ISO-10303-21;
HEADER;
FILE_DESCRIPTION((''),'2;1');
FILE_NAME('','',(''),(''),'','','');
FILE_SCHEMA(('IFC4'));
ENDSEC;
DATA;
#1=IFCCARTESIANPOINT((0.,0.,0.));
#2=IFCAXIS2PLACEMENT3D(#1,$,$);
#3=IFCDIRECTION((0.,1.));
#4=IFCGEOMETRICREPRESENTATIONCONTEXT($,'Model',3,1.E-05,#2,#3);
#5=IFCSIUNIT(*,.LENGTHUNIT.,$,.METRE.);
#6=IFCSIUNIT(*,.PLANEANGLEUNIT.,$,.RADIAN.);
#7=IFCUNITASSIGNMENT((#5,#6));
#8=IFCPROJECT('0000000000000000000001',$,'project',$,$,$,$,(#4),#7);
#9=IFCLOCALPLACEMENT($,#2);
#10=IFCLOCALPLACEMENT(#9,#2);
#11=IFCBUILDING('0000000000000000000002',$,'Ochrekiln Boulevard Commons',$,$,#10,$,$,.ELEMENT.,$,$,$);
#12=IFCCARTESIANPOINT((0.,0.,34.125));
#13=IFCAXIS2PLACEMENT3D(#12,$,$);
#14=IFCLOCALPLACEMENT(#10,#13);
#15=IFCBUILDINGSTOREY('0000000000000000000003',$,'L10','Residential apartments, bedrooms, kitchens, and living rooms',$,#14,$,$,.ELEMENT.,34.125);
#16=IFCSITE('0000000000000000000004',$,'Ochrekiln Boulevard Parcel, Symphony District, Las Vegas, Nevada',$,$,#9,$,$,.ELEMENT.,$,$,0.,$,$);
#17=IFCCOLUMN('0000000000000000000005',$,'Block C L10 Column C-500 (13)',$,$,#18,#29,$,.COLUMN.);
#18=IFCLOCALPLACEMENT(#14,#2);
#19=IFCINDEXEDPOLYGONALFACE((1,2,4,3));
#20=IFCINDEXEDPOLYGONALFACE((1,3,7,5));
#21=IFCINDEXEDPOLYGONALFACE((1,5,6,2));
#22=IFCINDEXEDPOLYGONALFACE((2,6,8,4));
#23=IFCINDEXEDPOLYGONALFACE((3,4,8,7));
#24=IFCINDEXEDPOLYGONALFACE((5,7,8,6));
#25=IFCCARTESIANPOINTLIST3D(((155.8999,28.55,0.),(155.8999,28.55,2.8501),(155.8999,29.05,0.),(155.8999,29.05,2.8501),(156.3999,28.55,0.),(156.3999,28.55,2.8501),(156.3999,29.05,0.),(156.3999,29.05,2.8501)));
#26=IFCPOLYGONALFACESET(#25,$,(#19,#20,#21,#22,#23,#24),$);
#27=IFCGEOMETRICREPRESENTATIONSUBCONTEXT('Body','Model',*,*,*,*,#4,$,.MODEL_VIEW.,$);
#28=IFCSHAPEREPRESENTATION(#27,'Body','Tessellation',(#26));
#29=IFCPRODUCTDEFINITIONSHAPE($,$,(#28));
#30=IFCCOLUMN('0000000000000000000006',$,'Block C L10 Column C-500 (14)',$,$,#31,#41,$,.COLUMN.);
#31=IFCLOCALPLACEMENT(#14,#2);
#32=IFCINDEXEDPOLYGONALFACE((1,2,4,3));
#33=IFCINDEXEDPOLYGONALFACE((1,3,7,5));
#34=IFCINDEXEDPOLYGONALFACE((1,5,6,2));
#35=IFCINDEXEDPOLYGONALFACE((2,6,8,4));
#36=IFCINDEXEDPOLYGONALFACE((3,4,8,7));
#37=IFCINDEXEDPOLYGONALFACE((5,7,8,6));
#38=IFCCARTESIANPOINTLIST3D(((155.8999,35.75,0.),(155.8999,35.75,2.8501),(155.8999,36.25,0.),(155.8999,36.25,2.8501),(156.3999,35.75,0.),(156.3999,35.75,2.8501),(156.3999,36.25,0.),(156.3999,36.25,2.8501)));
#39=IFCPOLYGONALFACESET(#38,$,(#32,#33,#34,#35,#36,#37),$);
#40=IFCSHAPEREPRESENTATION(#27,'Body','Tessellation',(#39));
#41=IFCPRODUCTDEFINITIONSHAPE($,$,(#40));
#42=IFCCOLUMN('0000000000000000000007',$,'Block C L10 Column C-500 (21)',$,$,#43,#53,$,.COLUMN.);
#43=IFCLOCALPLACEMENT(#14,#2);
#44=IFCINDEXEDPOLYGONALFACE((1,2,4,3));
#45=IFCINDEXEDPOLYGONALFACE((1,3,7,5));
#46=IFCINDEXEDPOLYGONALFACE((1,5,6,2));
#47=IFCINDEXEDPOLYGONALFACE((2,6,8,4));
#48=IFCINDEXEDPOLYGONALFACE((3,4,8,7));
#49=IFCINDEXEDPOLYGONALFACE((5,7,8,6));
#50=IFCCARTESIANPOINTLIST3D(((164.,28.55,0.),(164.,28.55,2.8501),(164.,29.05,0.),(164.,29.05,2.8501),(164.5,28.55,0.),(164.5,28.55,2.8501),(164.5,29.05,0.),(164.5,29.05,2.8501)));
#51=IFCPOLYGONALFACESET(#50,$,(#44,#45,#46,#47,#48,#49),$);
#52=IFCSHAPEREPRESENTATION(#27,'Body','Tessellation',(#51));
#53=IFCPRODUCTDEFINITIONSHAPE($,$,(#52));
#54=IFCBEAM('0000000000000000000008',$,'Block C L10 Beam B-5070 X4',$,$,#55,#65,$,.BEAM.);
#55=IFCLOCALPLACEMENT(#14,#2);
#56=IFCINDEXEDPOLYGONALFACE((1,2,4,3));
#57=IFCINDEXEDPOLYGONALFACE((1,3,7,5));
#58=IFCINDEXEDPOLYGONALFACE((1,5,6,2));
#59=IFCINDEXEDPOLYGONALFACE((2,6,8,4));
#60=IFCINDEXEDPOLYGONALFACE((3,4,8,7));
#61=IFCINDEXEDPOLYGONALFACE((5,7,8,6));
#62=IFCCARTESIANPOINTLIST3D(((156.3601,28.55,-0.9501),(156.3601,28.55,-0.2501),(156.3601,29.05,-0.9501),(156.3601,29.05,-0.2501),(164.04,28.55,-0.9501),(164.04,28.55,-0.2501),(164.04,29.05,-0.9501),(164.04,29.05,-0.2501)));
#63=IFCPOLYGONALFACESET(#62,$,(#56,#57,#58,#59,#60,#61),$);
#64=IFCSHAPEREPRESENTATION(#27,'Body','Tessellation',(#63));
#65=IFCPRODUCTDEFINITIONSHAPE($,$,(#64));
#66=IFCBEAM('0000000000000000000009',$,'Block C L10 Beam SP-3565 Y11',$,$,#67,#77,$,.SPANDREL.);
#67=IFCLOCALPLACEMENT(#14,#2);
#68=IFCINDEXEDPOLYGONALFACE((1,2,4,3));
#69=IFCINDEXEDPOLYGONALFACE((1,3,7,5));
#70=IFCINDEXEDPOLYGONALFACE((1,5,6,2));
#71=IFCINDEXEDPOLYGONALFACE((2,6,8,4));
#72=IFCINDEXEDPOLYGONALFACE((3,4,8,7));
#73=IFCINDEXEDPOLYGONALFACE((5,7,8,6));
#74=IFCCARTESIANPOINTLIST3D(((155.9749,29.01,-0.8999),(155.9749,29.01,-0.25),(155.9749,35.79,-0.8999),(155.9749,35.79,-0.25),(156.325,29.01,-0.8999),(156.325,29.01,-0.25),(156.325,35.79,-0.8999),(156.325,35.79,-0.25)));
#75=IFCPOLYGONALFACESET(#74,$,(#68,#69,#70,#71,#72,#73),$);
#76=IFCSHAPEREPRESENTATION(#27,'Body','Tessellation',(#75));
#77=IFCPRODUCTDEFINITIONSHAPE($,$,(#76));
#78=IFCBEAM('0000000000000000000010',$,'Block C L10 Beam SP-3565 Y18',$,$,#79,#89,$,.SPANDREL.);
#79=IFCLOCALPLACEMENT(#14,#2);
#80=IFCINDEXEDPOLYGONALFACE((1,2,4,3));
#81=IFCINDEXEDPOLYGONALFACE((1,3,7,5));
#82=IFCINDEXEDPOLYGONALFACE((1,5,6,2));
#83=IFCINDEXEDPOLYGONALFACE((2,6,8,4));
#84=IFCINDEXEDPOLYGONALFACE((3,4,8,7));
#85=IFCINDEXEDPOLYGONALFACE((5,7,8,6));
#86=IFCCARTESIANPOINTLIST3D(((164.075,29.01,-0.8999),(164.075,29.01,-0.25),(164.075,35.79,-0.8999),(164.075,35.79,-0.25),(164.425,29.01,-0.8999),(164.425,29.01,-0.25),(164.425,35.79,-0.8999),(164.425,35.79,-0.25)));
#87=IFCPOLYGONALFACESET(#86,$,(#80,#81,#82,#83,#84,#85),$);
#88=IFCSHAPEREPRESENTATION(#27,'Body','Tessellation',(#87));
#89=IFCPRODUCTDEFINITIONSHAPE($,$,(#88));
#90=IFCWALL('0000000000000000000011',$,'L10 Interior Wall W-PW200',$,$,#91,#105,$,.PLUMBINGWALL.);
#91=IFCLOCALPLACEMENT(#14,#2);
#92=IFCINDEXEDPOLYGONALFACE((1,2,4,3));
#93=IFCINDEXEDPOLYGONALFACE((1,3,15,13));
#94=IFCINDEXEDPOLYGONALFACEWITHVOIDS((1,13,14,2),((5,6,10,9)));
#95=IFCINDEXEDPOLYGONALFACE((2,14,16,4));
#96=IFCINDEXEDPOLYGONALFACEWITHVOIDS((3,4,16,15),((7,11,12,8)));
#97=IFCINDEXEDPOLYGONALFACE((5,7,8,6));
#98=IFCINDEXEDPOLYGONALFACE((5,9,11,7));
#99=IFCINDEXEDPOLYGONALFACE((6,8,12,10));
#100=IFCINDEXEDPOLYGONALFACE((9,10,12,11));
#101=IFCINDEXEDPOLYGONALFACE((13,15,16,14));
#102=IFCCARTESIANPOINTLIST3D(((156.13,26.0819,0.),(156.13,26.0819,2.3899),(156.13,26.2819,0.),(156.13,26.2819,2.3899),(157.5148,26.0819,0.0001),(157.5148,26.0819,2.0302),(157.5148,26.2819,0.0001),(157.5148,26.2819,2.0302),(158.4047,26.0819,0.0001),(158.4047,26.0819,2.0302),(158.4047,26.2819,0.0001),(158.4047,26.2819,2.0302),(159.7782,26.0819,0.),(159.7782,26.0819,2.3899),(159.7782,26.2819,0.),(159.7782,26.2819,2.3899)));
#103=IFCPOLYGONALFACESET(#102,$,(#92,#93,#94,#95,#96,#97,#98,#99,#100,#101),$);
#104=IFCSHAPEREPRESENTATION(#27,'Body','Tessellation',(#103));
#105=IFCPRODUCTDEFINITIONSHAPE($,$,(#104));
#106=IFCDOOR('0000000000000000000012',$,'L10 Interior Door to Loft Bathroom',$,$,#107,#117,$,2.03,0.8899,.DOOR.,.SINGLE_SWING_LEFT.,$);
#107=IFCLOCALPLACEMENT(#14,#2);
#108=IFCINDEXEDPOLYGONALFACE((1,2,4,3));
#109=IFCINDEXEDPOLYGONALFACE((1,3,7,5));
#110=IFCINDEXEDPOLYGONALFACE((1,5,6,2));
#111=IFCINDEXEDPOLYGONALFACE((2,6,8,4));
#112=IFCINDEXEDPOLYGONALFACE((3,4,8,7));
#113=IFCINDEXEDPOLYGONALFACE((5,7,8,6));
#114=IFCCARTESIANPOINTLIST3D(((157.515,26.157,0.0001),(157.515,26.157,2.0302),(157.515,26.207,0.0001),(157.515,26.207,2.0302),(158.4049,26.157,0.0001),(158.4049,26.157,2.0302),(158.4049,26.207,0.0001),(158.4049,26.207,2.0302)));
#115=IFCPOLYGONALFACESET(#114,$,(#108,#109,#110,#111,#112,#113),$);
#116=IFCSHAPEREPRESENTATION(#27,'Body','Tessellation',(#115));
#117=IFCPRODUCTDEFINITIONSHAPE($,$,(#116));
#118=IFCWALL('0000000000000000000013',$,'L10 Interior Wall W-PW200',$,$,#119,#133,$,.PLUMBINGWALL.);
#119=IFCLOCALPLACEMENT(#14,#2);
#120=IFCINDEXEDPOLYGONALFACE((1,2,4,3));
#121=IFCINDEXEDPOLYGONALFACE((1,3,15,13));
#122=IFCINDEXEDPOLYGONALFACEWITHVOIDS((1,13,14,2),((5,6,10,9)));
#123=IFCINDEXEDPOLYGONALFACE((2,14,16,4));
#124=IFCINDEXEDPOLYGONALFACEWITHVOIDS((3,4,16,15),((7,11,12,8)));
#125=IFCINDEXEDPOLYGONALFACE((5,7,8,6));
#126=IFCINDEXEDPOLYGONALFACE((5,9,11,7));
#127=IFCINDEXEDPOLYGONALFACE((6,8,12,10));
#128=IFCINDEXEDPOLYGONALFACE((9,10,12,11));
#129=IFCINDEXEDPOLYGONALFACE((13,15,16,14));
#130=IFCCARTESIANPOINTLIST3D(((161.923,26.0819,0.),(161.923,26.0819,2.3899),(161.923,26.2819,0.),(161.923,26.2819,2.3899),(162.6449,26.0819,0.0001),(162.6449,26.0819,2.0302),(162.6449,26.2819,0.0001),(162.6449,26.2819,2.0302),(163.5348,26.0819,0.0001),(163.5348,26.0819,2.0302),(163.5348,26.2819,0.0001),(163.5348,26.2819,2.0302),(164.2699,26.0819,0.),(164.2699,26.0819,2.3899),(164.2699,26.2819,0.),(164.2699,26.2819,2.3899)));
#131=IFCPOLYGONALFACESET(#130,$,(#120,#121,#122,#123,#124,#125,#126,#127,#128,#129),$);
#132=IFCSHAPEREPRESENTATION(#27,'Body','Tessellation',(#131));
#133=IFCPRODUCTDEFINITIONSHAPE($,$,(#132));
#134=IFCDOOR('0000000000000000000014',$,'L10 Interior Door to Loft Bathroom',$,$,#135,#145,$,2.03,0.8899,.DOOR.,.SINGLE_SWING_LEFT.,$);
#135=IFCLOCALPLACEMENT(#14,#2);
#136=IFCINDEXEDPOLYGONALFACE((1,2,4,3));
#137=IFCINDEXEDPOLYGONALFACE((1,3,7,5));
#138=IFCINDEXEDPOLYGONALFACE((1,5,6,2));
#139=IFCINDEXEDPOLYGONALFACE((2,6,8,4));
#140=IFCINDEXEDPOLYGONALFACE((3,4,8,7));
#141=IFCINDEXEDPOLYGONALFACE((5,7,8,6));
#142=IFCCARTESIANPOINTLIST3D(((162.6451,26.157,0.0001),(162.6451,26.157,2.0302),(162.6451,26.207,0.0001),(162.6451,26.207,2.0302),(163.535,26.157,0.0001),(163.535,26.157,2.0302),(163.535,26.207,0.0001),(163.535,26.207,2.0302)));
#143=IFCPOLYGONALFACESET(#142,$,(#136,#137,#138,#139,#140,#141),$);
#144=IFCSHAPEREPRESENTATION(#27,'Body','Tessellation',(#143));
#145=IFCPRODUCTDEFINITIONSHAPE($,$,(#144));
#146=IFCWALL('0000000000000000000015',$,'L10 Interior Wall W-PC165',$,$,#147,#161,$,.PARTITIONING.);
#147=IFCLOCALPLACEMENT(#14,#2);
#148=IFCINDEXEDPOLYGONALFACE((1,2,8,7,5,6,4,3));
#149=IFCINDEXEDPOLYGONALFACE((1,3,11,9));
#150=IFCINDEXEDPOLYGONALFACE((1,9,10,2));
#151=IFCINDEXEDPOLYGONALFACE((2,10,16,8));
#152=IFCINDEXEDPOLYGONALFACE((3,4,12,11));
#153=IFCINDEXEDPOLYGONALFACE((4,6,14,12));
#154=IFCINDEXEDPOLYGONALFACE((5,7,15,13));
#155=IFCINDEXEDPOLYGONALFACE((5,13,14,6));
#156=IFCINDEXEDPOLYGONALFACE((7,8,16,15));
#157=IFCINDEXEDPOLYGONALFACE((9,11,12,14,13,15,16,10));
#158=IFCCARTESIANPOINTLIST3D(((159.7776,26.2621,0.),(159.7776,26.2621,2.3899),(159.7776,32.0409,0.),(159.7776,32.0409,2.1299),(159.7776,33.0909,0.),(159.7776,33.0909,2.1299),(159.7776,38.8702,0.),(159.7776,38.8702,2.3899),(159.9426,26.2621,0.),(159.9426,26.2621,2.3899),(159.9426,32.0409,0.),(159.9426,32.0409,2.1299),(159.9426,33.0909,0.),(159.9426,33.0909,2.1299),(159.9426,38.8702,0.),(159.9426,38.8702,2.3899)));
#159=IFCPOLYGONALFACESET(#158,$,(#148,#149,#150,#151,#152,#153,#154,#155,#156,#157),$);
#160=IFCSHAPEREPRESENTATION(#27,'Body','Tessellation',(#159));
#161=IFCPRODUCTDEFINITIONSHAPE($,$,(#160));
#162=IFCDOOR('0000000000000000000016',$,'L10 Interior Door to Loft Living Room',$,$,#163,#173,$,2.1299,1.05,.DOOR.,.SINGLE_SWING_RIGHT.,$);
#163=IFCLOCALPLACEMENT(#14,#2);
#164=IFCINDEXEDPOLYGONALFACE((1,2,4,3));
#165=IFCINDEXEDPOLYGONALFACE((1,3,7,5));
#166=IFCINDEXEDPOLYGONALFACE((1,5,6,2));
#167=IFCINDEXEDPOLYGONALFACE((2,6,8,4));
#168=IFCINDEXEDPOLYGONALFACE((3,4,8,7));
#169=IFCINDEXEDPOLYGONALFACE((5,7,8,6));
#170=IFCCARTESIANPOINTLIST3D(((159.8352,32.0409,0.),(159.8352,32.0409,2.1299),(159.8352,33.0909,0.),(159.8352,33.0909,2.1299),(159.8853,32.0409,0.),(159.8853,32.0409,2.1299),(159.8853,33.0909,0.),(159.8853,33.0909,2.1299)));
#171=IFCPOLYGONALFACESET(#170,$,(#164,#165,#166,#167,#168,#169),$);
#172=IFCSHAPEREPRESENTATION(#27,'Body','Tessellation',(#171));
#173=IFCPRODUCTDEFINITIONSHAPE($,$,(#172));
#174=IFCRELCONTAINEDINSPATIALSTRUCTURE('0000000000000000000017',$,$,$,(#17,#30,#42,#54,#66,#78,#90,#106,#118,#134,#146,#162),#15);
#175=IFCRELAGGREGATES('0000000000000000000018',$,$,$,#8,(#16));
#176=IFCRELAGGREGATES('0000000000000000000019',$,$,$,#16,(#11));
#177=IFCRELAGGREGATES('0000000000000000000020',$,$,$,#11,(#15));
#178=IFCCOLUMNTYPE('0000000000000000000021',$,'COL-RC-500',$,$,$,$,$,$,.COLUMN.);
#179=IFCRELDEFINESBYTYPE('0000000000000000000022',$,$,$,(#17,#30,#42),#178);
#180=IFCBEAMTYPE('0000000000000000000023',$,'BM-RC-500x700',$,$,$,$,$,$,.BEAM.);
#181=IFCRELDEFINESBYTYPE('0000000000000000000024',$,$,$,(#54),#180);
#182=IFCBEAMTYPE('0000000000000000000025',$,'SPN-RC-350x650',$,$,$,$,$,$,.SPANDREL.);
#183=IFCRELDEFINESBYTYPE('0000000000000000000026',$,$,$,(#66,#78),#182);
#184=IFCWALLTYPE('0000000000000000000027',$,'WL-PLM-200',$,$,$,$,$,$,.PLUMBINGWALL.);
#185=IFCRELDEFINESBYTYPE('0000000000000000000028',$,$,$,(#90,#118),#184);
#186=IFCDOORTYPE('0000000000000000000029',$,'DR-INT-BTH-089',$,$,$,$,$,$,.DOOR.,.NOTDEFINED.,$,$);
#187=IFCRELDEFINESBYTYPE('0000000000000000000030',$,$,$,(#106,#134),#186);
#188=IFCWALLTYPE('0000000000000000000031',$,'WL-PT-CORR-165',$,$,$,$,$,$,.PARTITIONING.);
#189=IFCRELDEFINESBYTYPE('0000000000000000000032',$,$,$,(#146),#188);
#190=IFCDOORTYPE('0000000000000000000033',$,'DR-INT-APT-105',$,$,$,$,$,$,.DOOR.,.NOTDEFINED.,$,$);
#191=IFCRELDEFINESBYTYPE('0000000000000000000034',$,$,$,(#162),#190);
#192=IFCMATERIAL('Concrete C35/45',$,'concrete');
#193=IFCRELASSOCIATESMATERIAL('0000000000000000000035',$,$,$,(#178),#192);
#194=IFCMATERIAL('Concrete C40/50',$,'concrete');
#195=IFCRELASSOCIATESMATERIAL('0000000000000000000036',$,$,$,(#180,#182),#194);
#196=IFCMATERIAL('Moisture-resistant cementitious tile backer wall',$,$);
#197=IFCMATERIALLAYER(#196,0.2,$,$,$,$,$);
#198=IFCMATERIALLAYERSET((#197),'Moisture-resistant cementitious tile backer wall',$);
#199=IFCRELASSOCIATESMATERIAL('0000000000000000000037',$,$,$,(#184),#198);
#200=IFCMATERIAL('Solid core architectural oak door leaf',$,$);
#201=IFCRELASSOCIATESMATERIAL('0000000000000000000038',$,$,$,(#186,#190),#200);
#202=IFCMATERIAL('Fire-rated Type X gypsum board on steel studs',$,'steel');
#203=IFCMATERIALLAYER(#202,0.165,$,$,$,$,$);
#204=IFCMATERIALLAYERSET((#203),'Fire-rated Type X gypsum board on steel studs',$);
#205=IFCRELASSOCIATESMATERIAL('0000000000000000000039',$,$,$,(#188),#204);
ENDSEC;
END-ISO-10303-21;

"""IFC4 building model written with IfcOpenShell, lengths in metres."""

from ifc_helpers import new_model, si_unit, direction, frame, frame_2d, origin, origin_2d, place, context, subcontext, project, spatial, rectangle, extrude, material, layer, layer_set, material_profile, profile_set, type_object, element, fill, save


model = new_model("IFC4")

# Units and contexts
model_context = context("Model", 3, precision=1e-05, world=origin(), true_north=direction((0.0, 1.0)))
body_context = subcontext(model_context, "Body", "Model", "MODEL_VIEW")
ifc_project = project(units=[si_unit("LENGTHUNIT", "METRE"), si_unit("PLANEANGLEUNIT", "RADIAN")], contexts=[model_context])

# Site, building, storey
site_placement = place(None, origin())
site = spatial("IfcSite", under=ifc_project, at=site_placement, Name="Ochrekiln Boulevard Parcel, Symphony District, Las Vegas, Nevada", CompositionType="ELEMENT", RefElevation=0.0)
building_placement = place(site_placement, origin())
building = spatial("IfcBuilding", under=site, at=building_placement, Name="Ochrekiln Boulevard Commons", CompositionType="ELEMENT")
storey_placement = place(building_placement, frame((0.0, 0.0, 34.125)))
storey = spatial("IfcBuildingStorey", under=building, at=storey_placement, Name="L10", Description="Residential apartments, bedrooms, kitchens, and living rooms", CompositionType="ELEMENT", Elevation=34.125)

# Columns
ifc_material_1 = material(Name="Concrete C35/45", Category="concrete")
ifc_material_profile_1 = material_profile(ifc_material_1, rectangle(XDim=0.5, YDim=0.5, at=origin_2d()), Name="RC-COL-500x500")
ifc_profile_set_1 = profile_set([ifc_material_profile_1], Name="Concrete C35/45")
column_type = type_object("IfcColumnType", Name="COL-RC-500", PredefinedType="COLUMN", material=ifc_profile_set_1)
for number, where, z_axis, x_axis, name in (
    (1, (156.1499, 28.8, 0.0), (0.0, 0.0, 1.0), (1.0, 0.0, 0.0), "Block C L10 Column C-500 (13)"),
    (2, (156.1499, 36.0, 0.0), (0.0, 0.0, 1.0), (1.0, 0.0, 0.0), "Block C L10 Column C-500 (14)"),
    (3, (164.25, 28.8, 0.0), (0.0, 0.0, 1.0), (1.0, 0.0, 0.0), "Block C L10 Column C-500 (21)"),
):
    element("IfcColumn", number, at=place(storey_placement, frame(where, z_axis=z_axis, x_axis=x_axis)), inside=storey, type_object=column_type, Name=name, PredefinedType="COLUMN", context=body_context, shape_type="SweptSolid", body=[
        extrude(rectangle(XDim=0.5, YDim=0.5, at=origin_2d()), origin(), (0.0, 0.0, 1.0), 2.8501),
    ])

# Beams
ifc_material_2 = material(Name="Concrete C40/50", Category="concrete")
ifc_material_profile_2 = material_profile(ifc_material_2, rectangle(XDim=0.5, YDim=0.7, at=origin_2d()), Name="RC-BM-500x700")
ifc_profile_set_2 = profile_set([ifc_material_profile_2], Name="Concrete C40/50")
beam_type_1 = type_object("IfcBeamType", Name="BM-RC-500x700", PredefinedType="BEAM", material=ifc_profile_set_2)
beam_placement = place(storey_placement, frame((156.3601, 28.8, -0.6001), z_axis=(1.0, 0.0, 0.0), x_axis=(0.0, 1.0, 0.0)))
element("IfcBeam", 4, at=beam_placement, inside=storey, type_object=beam_type_1, Name="Block C L10 Beam B-5070 X4", PredefinedType="BEAM", context=body_context, shape_type="SweptSolid", body=[
    extrude(rectangle(XDim=0.5, YDim=0.7, at=origin_2d()), origin(), (0.0, 0.0, 1.0), 7.6799),
])
ifc_material_profile_3 = material_profile(ifc_material_2, rectangle(XDim=0.3501, YDim=0.6499, at=origin_2d()), Name="RC-SPN-350x650")
ifc_profile_set_3 = profile_set([ifc_material_profile_3], Name="Concrete C40/50")
beam_type_2 = type_object("IfcBeamType", Name="SPN-RC-350x650", PredefinedType="SPANDREL", material=ifc_profile_set_3)
for number, where, z_axis, x_axis, name in (
    (5, (156.1499, 29.01, -0.575), (0.0, 1.0, 0.0), (-1.0, 0.0, 0.0), "Block C L10 Beam SP-3565 Y11"),
    (6, (164.25, 29.01, -0.575), (0.0, 1.0, 0.0), (-1.0, 0.0, 0.0), "Block C L10 Beam SP-3565 Y18"),
):
    element("IfcBeam", number, at=place(storey_placement, frame(where, z_axis=z_axis, x_axis=x_axis)), inside=storey, type_object=beam_type_2, Name=name, PredefinedType="SPANDREL", context=body_context, shape_type="SweptSolid", body=[
        extrude(rectangle(XDim=0.3501, YDim=0.6499, at=origin_2d()), origin(), (0.0, 0.0, 1.0), 6.78),
    ])

# Walls, openings, doors
ifc_material_3 = material(Name="Moisture-resistant cementitious tile backer wall")
ifc_layer_1 = layer(ifc_material_3, 0.2)
ifc_layer_set_1 = layer_set([ifc_layer_1], Name="Moisture-resistant cementitious tile backer wall")
wall_type_1 = type_object("IfcWallType", Name="WL-PLM-200", PredefinedType="PLUMBINGWALL", material=ifc_layer_set_1)
wall_1_placement = place(storey_placement, frame((156.1299, 26.1819, 0.0), z_axis=(0.0, 0.0, 1.0), x_axis=(1.0, 0.0, 0.0)))
wall_1 = element("IfcWall", 7, at=wall_1_placement, inside=storey, type_object=wall_type_1, Name="L10 Interior Wall W-PW200", PredefinedType="PLUMBINGWALL", context=body_context, shape_type="SweptSolid", body=[
    extrude(rectangle(XDim=3.6482, YDim=0.2, at=frame_2d((1.8242, 0.0))), origin(), (0.0, 0.0, 1.0), 2.3899),
])
opening_1_placement = place(wall_1_placement, frame((1.385, 0.0, 0.0)))
opening_1 = element("IfcOpeningElement", 8, at=opening_1_placement, cuts=wall_1, PredefinedType="OPENING", context=body_context, shape_type="SweptSolid", body=[
    extrude(rectangle(XDim=0.8899, YDim=2.03, at=frame_2d((0.4448, 1.0151))), frame((0.0, 0.1099, 0.0), z_axis=(0.0, -1.0, 0.0), x_axis=(1.0, 0.0, 0.0)), (0.0, 0.0, 1.0), 0.22),
])
ifc_material_4 = material(Name="Solid core architectural oak door leaf")
door_type_1 = type_object("IfcDoorType", Name="DR-INT-BTH-089", OperationType="NOTDEFINED", PredefinedType="DOOR", material=ifc_material_4)
door_1_placement = place(opening_1_placement, frame((0.8899, 0.0, 0.0), z_axis=(0.0, 0.0, 1.0), x_axis=(-1.0, 0.0, 0.0)))
door_1 = element("IfcDoor", 9, at=door_1_placement, inside=storey, type_object=door_type_1, Name="L10 Interior Door to Loft Bathroom", OperationType="SINGLE_SWING_LEFT", OverallHeight=2.03, OverallWidth=0.8899, PredefinedType="DOOR", context=body_context, shape_type="SweptSolid", body=[
    extrude(rectangle(XDim=0.8899, YDim=2.03, at=frame_2d((0.4448, 1.0151))), frame((0.0, 0.0249, 0.0), z_axis=(0.0, -1.0, 0.0), x_axis=(1.0, 0.0, 0.0)), (0.0, 0.0, 1.0), 0.05),
])
fill(opening_1, door_1)
wall_2_placement = place(storey_placement, frame((161.9231, 26.1819, 0.0), z_axis=(0.0, 0.0, 1.0), x_axis=(1.0, 0.0, 0.0)))
wall_2 = element("IfcWall", 10, at=wall_2_placement, inside=storey, type_object=wall_type_1, Name="L10 Interior Wall W-PW200", PredefinedType="PLUMBINGWALL", context=body_context, shape_type="SweptSolid", body=[
    extrude(rectangle(XDim=2.3469, YDim=0.2, at=frame_2d((1.1733, 0.0))), origin(), (0.0, 0.0, 1.0), 2.3899),
])
opening_2_placement = place(wall_2_placement, frame((0.7219, 0.0, 0.0)))
opening_2 = element("IfcOpeningElement", 11, at=opening_2_placement, cuts=wall_2, PredefinedType="OPENING", context=body_context, shape_type="SweptSolid", body=[
    extrude(rectangle(XDim=0.8899, YDim=2.03, at=frame_2d((0.4448, 1.0151))), frame((0.0, 0.1099, 0.0), z_axis=(0.0, -1.0, 0.0), x_axis=(1.0, 0.0, 0.0)), (0.0, 0.0, 1.0), 0.22),
])
door_2_placement = place(opening_2_placement, frame((0.8899, 0.0, 0.0), z_axis=(0.0, 0.0, 1.0), x_axis=(-1.0, 0.0, 0.0)))
door_2 = element("IfcDoor", 12, at=door_2_placement, inside=storey, type_object=door_type_1, Name="L10 Interior Door to Loft Bathroom", OperationType="SINGLE_SWING_LEFT", OverallHeight=2.03, OverallWidth=0.8899, PredefinedType="DOOR", context=body_context, shape_type="SweptSolid", body=[
    extrude(rectangle(XDim=0.8899, YDim=2.03, at=frame_2d((0.4448, 1.0151))), frame((0.0, 0.0249, 0.0), z_axis=(0.0, -1.0, 0.0), x_axis=(1.0, 0.0, 0.0)), (0.0, 0.0, 1.0), 0.05),
])
fill(opening_2, door_2)
ifc_material_5 = material(Name="Fire-rated Type X gypsum board on steel studs", Category="steel")
ifc_layer_2 = layer(ifc_material_5, 0.165)
ifc_layer_set_2 = layer_set([ifc_layer_2], Name="Fire-rated Type X gypsum board on steel studs")
wall_type_2 = type_object("IfcWallType", Name="WL-PT-CORR-165", PredefinedType="PARTITIONING", material=ifc_layer_set_2)
wall_3_placement = place(storey_placement, frame((159.8601, 26.262, 0.0), z_axis=(0.0, 0.0, 1.0), x_axis=(0.0, 1.0, 0.0)))
wall_3 = element("IfcWall", 13, at=wall_3_placement, inside=storey, type_object=wall_type_2, Name="L10 Interior Wall W-PC165", PredefinedType="PARTITIONING", context=body_context, shape_type="SweptSolid", body=[
    extrude(rectangle(XDim=12.6082, YDim=0.165, at=frame_2d((6.3042, 0.0))), origin(), (0.0, 0.0, 1.0), 2.3899),
])
opening_3_placement = place(wall_3_placement, frame((5.7791, 0.0, 0.0)))
opening_3 = element("IfcOpeningElement", 14, at=opening_3_placement, cuts=wall_3, PredefinedType="OPENING", context=body_context, shape_type="SweptSolid", body=[
    extrude(rectangle(XDim=1.05, YDim=2.1299, at=frame_2d((0.5249, 1.0649))), frame((0.0, 0.0925, 0.0), z_axis=(0.0, -1.0, 0.0), x_axis=(1.0, 0.0, 0.0)), (0.0, 0.0, 1.0), 0.1851),
])
door_type_2 = type_object("IfcDoorType", Name="DR-INT-APT-105", OperationType="NOTDEFINED", PredefinedType="DOOR", material=ifc_material_4)
door_3_placement = place(opening_3_placement, origin())
door_3 = element("IfcDoor", 15, at=door_3_placement, inside=storey, type_object=door_type_2, Name="L10 Interior Door to Loft Living Room", OperationType="SINGLE_SWING_RIGHT", OverallHeight=2.1299, OverallWidth=1.05, PredefinedType="DOOR", context=body_context, shape_type="SweptSolid", body=[
    extrude(rectangle(XDim=1.05, YDim=2.1299, at=frame_2d((0.5249, 1.0649))), frame((0.0, 0.0249, 0.0), z_axis=(0.0, -1.0, 0.0), x_axis=(1.0, 0.0, 0.0)), (0.0, 0.0, 1.0), 0.05),
])
fill(opening_3, door_3)

save(model, "model.ifc")
